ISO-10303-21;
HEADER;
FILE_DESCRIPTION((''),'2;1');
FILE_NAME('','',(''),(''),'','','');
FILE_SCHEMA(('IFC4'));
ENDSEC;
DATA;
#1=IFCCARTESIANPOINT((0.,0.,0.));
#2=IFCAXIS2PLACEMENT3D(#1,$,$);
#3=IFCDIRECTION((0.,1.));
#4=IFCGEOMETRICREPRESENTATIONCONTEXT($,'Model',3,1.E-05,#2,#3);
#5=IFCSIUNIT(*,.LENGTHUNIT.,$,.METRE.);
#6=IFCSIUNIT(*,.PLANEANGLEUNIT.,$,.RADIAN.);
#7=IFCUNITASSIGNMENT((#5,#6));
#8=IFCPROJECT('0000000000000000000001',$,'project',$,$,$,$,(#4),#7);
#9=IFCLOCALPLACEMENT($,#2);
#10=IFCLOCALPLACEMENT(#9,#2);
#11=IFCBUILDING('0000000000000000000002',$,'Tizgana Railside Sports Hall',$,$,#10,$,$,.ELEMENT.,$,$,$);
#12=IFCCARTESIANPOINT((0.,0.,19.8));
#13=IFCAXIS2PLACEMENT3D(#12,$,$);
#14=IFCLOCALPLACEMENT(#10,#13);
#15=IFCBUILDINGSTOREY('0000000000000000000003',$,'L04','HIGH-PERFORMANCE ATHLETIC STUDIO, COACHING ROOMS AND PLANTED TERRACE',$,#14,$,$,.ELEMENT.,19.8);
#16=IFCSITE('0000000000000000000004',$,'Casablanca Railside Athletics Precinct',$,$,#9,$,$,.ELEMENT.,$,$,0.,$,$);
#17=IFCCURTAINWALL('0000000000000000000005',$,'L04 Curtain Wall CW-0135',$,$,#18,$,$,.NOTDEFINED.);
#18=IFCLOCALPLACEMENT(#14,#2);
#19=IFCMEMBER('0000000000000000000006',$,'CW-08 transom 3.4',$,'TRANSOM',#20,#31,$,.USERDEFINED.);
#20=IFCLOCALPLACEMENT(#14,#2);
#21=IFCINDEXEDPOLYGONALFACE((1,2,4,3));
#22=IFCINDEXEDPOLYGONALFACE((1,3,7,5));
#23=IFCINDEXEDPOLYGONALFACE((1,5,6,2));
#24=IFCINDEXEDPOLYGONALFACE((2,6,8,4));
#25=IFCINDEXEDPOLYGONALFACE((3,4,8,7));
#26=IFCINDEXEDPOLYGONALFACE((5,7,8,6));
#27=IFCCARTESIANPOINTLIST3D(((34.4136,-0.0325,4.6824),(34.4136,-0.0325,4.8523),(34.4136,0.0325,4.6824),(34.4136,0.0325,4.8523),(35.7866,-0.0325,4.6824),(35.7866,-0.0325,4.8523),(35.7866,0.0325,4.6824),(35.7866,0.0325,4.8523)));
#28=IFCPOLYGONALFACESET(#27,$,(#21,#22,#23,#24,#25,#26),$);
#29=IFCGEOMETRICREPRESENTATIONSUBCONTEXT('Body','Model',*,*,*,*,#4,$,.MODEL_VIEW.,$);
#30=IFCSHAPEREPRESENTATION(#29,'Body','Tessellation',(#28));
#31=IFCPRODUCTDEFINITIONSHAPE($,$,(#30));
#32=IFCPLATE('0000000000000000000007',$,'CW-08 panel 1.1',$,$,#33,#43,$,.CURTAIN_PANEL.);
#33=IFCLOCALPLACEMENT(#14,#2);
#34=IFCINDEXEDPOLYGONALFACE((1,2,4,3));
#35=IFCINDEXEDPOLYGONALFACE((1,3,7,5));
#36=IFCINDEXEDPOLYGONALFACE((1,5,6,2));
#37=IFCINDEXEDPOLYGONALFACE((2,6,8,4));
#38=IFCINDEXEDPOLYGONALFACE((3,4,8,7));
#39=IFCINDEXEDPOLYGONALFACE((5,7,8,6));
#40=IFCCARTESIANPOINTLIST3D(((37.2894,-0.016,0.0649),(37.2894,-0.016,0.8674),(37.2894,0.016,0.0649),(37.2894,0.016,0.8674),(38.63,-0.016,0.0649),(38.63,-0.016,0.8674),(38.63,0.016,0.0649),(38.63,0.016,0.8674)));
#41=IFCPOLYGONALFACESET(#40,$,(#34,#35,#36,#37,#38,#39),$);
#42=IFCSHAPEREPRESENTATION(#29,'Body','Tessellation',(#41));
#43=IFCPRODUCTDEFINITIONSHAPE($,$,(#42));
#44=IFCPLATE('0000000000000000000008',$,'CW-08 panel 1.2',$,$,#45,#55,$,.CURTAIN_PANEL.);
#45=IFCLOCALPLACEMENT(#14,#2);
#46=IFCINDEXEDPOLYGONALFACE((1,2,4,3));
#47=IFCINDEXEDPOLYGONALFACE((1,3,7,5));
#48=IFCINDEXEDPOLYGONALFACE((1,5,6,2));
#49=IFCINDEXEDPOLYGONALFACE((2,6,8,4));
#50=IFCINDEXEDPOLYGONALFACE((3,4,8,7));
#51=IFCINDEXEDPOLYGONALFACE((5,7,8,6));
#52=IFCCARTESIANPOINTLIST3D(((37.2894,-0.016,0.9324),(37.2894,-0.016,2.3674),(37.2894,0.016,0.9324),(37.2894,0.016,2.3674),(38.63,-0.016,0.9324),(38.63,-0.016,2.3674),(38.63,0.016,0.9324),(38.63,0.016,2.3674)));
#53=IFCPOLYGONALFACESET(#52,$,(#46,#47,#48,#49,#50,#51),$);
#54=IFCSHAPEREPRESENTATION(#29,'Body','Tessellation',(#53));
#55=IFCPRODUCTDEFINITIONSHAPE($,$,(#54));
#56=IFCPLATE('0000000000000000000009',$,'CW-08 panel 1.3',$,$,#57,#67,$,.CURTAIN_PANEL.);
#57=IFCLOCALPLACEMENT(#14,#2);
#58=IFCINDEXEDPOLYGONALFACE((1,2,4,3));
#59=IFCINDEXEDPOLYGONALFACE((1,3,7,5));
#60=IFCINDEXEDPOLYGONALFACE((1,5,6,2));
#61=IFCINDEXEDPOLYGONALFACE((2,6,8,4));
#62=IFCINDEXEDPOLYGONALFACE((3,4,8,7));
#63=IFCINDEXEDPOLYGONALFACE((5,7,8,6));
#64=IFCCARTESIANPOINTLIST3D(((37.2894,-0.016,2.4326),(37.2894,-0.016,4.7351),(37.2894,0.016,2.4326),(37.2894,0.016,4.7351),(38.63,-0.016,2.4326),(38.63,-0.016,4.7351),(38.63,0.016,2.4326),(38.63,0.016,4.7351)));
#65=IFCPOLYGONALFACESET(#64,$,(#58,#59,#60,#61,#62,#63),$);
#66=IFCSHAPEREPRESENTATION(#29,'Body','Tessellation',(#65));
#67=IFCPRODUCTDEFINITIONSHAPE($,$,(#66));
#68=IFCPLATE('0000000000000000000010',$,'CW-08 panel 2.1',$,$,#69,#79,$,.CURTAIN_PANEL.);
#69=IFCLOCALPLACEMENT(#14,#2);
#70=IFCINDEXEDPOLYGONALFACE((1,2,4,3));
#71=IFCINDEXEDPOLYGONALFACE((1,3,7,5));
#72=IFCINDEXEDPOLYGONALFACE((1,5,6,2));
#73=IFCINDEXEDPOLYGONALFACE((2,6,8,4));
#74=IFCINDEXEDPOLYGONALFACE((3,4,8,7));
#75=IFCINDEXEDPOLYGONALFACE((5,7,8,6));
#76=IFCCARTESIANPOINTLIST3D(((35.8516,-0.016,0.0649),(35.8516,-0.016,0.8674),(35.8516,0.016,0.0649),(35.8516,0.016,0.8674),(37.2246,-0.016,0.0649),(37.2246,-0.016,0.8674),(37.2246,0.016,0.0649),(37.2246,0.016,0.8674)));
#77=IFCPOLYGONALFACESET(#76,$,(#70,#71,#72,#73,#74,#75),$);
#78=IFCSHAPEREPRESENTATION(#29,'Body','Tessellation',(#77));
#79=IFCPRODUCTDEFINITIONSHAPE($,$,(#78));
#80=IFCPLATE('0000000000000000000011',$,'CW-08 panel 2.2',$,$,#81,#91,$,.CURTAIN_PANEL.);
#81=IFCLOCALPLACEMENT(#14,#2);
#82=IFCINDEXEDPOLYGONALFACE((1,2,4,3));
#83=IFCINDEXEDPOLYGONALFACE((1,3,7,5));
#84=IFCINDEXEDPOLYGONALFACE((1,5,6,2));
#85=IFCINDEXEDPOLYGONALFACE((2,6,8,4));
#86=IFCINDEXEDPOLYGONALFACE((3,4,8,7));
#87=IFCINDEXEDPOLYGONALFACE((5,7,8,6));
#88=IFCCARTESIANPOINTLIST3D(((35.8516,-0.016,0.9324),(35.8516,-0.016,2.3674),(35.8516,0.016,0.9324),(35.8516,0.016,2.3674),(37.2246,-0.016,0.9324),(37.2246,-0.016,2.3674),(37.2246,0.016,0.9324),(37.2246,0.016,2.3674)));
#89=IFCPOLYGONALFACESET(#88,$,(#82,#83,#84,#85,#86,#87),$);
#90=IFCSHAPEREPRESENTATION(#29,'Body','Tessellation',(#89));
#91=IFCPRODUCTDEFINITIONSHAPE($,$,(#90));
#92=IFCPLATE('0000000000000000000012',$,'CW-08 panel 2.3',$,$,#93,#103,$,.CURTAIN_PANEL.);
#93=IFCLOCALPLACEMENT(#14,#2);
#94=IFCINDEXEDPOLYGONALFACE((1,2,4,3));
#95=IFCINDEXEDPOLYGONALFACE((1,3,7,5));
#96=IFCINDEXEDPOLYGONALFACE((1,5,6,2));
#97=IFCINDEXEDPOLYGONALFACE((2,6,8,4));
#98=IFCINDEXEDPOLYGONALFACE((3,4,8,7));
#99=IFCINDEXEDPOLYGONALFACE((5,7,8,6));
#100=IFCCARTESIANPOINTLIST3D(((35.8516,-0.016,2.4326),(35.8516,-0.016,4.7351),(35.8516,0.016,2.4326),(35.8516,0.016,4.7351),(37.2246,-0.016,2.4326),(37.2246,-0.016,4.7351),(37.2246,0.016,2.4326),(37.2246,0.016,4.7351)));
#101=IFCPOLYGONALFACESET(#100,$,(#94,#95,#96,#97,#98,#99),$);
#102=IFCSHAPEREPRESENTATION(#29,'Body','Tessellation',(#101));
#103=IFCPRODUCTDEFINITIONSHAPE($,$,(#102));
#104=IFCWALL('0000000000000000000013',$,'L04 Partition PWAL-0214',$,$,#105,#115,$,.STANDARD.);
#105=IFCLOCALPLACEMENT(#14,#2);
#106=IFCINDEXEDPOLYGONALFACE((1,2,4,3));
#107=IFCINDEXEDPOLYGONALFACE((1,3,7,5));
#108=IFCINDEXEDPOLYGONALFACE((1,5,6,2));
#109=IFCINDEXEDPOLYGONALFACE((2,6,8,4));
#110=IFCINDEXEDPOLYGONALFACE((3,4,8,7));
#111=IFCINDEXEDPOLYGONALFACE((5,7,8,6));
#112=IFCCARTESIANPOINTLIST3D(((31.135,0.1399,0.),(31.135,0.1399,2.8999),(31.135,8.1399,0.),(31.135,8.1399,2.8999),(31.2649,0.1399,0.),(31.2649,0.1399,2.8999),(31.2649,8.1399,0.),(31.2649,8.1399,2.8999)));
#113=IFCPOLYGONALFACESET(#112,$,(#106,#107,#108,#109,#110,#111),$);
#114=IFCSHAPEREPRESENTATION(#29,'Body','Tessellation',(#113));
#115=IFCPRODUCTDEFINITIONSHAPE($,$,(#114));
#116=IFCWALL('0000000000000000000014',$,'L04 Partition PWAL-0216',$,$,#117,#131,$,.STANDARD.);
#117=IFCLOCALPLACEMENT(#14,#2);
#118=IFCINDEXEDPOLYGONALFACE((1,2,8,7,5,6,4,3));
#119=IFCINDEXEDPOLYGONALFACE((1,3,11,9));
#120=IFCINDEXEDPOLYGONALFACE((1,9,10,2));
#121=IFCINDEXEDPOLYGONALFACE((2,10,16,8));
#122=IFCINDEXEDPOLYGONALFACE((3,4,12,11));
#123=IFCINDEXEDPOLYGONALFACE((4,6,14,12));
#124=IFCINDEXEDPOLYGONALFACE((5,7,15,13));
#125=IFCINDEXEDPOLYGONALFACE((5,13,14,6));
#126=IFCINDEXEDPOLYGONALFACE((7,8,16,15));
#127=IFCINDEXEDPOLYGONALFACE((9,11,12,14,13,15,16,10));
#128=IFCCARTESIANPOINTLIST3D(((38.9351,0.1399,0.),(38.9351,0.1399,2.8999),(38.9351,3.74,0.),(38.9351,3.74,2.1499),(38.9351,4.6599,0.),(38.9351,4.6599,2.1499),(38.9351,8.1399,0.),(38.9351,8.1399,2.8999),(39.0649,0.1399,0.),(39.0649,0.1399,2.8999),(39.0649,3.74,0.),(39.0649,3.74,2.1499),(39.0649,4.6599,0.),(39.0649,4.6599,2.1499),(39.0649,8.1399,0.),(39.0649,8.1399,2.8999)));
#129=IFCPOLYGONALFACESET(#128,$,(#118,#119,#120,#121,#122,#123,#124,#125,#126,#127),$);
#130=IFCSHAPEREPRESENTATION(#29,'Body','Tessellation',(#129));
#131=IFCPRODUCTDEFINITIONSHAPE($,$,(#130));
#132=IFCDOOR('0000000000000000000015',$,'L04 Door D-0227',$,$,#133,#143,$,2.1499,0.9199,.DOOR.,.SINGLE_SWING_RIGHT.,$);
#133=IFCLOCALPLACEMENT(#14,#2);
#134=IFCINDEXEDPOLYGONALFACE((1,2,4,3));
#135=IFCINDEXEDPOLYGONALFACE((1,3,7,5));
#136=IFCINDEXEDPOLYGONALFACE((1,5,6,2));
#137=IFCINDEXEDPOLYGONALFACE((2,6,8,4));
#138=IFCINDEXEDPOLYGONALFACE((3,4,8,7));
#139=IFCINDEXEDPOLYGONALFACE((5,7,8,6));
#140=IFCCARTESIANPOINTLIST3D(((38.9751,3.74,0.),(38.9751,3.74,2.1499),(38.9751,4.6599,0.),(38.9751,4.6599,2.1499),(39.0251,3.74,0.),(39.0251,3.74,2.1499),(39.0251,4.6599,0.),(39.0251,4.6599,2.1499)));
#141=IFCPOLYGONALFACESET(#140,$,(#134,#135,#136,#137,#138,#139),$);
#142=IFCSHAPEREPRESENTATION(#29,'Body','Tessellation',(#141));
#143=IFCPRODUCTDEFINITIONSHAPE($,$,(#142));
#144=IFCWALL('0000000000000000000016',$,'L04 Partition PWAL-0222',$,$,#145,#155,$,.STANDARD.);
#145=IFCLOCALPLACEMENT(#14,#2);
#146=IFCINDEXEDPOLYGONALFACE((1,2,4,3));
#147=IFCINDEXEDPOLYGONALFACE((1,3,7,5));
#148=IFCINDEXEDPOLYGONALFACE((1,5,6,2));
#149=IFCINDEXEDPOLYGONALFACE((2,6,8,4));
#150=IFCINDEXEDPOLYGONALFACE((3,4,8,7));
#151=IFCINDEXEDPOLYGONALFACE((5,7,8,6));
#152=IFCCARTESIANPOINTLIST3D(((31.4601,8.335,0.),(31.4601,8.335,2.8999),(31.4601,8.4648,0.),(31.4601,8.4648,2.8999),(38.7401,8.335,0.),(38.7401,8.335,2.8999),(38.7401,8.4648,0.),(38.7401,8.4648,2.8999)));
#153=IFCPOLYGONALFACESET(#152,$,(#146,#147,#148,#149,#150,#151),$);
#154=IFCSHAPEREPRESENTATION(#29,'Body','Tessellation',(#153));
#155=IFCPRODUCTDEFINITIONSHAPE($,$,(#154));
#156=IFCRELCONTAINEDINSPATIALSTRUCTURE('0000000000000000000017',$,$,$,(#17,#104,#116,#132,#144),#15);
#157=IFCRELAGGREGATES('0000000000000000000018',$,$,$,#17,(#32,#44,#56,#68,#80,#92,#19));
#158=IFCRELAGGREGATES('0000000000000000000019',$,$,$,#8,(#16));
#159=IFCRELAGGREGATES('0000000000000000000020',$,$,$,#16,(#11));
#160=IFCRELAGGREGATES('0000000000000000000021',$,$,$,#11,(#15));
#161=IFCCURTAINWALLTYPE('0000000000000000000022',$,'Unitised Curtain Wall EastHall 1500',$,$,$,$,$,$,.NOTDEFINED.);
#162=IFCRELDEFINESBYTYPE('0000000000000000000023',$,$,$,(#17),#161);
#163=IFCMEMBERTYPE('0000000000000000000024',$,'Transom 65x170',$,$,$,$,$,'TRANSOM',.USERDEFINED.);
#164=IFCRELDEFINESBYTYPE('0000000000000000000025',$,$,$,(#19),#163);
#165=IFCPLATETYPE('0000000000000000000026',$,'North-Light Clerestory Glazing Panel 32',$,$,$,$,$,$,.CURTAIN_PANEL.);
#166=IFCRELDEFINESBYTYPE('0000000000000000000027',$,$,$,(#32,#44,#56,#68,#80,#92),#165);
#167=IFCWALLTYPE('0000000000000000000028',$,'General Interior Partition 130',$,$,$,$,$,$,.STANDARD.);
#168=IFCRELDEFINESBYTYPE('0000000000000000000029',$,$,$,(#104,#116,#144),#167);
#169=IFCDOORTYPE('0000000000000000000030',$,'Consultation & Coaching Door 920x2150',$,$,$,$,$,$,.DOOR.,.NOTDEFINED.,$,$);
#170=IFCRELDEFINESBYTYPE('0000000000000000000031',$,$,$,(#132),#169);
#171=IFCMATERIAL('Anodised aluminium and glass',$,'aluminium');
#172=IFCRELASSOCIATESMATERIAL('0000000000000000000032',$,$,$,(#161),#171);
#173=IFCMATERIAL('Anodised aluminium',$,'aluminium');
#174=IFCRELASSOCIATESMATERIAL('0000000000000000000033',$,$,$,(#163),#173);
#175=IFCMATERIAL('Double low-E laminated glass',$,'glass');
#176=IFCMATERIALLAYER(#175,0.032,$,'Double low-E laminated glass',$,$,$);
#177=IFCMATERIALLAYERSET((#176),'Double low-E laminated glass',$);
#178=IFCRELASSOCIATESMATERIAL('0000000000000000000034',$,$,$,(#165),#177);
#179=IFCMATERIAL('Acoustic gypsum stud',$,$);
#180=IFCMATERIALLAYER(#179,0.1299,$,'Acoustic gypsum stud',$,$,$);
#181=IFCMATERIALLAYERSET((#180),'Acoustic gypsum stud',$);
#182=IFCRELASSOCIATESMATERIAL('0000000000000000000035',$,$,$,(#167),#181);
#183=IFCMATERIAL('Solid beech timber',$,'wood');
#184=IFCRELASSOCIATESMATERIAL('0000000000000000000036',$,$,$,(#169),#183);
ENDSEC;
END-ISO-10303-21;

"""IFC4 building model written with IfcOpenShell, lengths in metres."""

from ifc_helpers import new_model, si_unit, direction, frame, frame_2d, origin, origin_2d, place, context, subcontext, project, spatial, rectangle, extrude, material, layer, layer_set, material_profile, profile_set, type_object, element, fill, aggregate, save


model = new_model("IFC4")

# Units and contexts
model_context = context("Model", 3, precision=1e-05, world=origin(), true_north=direction((0.0, 1.0)))
body_context = subcontext(model_context, "Body", "Model", "MODEL_VIEW")
ifc_project = project(units=[si_unit("LENGTHUNIT", "METRE"), si_unit("PLANEANGLEUNIT", "RADIAN")], contexts=[model_context])

# Site, building, storey
site_placement = place(None, origin())
site = spatial("IfcSite", under=ifc_project, at=site_placement, Name="Casablanca Railside Athletics Precinct", CompositionType="ELEMENT", RefElevation=0.0)
building_placement = place(site_placement, origin())
building = spatial("IfcBuilding", under=site, at=building_placement, Name="Tizgana Railside Sports Hall", CompositionType="ELEMENT")
storey_placement = place(building_placement, frame((0.0, 0.0, 19.8)))
storey = spatial("IfcBuildingStorey", under=building, at=storey_placement, Name="L04", Description="HIGH-PERFORMANCE ATHLETIC STUDIO, COACHING ROOMS AND PLANTED TERRACE", CompositionType="ELEMENT", Elevation=19.8)

# Curtain wall
ifc_material_1 = material(Name="Anodised aluminium and glass", Category="aluminium")
curtain_wall_type = type_object("IfcCurtainWallType", Name="Unitised Curtain Wall EastHall 1500", PredefinedType="NOTDEFINED", material=ifc_material_1)
curtain_wall_placement = place(storey_placement, origin())
curtain_wall = element("IfcCurtainWall", 1, at=curtain_wall_placement, inside=storey, type_object=curtain_wall_type, Name="L04 Curtain Wall CW-0135", PredefinedType="NOTDEFINED")
ifc_material_2 = material(Name="Anodised aluminium", Category="aluminium")

# Member
ifc_material_profile_1 = material_profile(ifc_material_2, rectangle(XDim=0.0649, YDim=0.1699, at=origin_2d()), Name="Transom 65x170")
ifc_profile_set_1 = profile_set([ifc_material_profile_1], Name="Anodised aluminium")
member_type_1 = type_object("IfcMemberType", Name="Transom 65x170", ElementType="TRANSOM", PredefinedType="USERDEFINED", material=ifc_profile_set_1)
member_1_placement = place(storey_placement, frame((35.7866, 0.0, 4.7673), z_axis=(-1.0, 0.0, 0.0), x_axis=(0.0, -1.0, 0.0)))
member_1 = element("IfcMember", 2, at=member_1_placement, type_object=member_type_1, Name="CW-08 transom 3.4", ObjectType="TRANSOM", PredefinedType="USERDEFINED", context=body_context, shape_type="SweptSolid", body=[
    extrude(rectangle(XDim=0.0649, YDim=0.1699, at=origin_2d()), origin(), (0.0, 0.0, 1.0), 1.373),
])

# Plates
ifc_material_3 = material(Name="Double low-E laminated glass", Category="glass")
ifc_layer_1 = layer(ifc_material_3, 0.032, Name="Double low-E laminated glass")
ifc_layer_set_1 = layer_set([ifc_layer_1], Name="Double low-E laminated glass")
plate_type = type_object("IfcPlateType", Name="North-Light Clerestory Glazing Panel 32", PredefinedType="CURTAIN_PANEL", material=ifc_layer_set_1)
plate_1_placement = place(storey_placement, frame((37.9597, 0.0, 0.0649), z_axis=(0.0, 0.0, 1.0), x_axis=(-1.0, 0.0, 0.0)))
plate_1 = element("IfcPlate", 3, at=plate_1_placement, type_object=plate_type, Name="CW-08 panel 1.1", PredefinedType="CURTAIN_PANEL", context=body_context, shape_type="SweptSolid", body=[
    extrude(rectangle(XDim=1.3406, YDim=0.032, at=origin_2d()), origin(), (0.0, 0.0, 1.0), 0.8025),
])
plate_2_placement = place(storey_placement, frame((37.9597, 0.0, 0.9324), z_axis=(0.0, 0.0, 1.0), x_axis=(-1.0, 0.0, 0.0)))
plate_2 = element("IfcPlate", 4, at=plate_2_placement, type_object=plate_type, Name="CW-08 panel 1.2", PredefinedType="CURTAIN_PANEL", context=body_context, shape_type="SweptSolid", body=[
    extrude(rectangle(XDim=1.3406, YDim=0.032, at=origin_2d()), origin(), (0.0, 0.0, 1.0), 1.4351),
])
plate_3_placement = place(storey_placement, frame((37.9597, 0.0, 2.4326), z_axis=(0.0, 0.0, 1.0), x_axis=(-1.0, 0.0, 0.0)))
plate_3 = element("IfcPlate", 5, at=plate_3_placement, type_object=plate_type, Name="CW-08 panel 1.3", PredefinedType="CURTAIN_PANEL", context=body_context, shape_type="SweptSolid", body=[
    extrude(rectangle(XDim=1.3406, YDim=0.032, at=origin_2d()), origin(), (0.0, 0.0, 1.0), 2.3025),
])
plate_4_placement = place(storey_placement, frame((36.5381, 0.0, 0.0649), z_axis=(0.0, 0.0, 1.0), x_axis=(-1.0, 0.0, 0.0)))
plate_4 = element("IfcPlate", 6, at=plate_4_placement, type_object=plate_type, Name="CW-08 panel 2.1", PredefinedType="CURTAIN_PANEL", context=body_context, shape_type="SweptSolid", body=[
    extrude(rectangle(XDim=1.373, YDim=0.032, at=origin_2d()), origin(), (0.0, 0.0, 1.0), 0.8025),
])
plate_5_placement = place(storey_placement, frame((36.5381, 0.0, 0.9324), z_axis=(0.0, 0.0, 1.0), x_axis=(-1.0, 0.0, 0.0)))
plate_5 = element("IfcPlate", 7, at=plate_5_placement, type_object=plate_type, Name="CW-08 panel 2.2", PredefinedType="CURTAIN_PANEL", context=body_context, shape_type="SweptSolid", body=[
    extrude(rectangle(XDim=1.373, YDim=0.032, at=origin_2d()), origin(), (0.0, 0.0, 1.0), 1.4351),
])
plate_6_placement = place(storey_placement, frame((36.5381, 0.0, 2.4326), z_axis=(0.0, 0.0, 1.0), x_axis=(-1.0, 0.0, 0.0)))
plate_6 = element("IfcPlate", 8, at=plate_6_placement, type_object=plate_type, Name="CW-08 panel 2.3", PredefinedType="CURTAIN_PANEL", context=body_context, shape_type="SweptSolid", body=[
    extrude(rectangle(XDim=1.373, YDim=0.032, at=origin_2d()), origin(), (0.0, 0.0, 1.0), 2.3025),
])
aggregate(curtain_wall, [plate_1, plate_2, plate_3, plate_4, plate_5, plate_6, member_1])

# Wall
ifc_material_4 = material(Name="Acoustic gypsum stud")
ifc_layer_2 = layer(ifc_material_4, 0.1299, Name="Acoustic gypsum stud")
ifc_layer_set_2 = layer_set([ifc_layer_2], Name="Acoustic gypsum stud")
wall_type = type_object("IfcWallType", Name="General Interior Partition 130", PredefinedType="STANDARD", material=ifc_layer_set_2)
wall_1_placement = place(storey_placement, frame((31.2, 0.1399, 0.0), z_axis=(0.0, 0.0, 1.0), x_axis=(0.0, 1.0, 0.0)))
element("IfcWall", 9, at=wall_1_placement, inside=storey, type_object=wall_type, Name="L04 Partition PWAL-0214", PredefinedType="STANDARD", context=body_context, shape_type="SweptSolid", body=[
    extrude(rectangle(XDim=8.0, YDim=0.1299, at=frame_2d((4.0, 0.0))), origin(), (0.0, 0.0, 1.0), 2.8999),
])

# Wall, opening, door
wall_2_placement = place(storey_placement, frame((39.0, 0.1399, 0.0), z_axis=(0.0, 0.0, 1.0), x_axis=(0.0, 1.0, 0.0)))
wall_2 = element("IfcWall", 10, at=wall_2_placement, inside=storey, type_object=wall_type, Name="L04 Partition PWAL-0216", PredefinedType="STANDARD", context=body_context, shape_type="SweptSolid", body=[
    extrude(rectangle(XDim=8.0, YDim=0.1299, at=frame_2d((4.0, 0.0))), origin(), (0.0, 0.0, 1.0), 2.8999),
])
opening_placement = place(wall_2_placement, frame((3.6001, 0.0, 0.0)))
opening = element("IfcOpeningElement", 11, at=opening_placement, cuts=wall_2, PredefinedType="OPENING", context=body_context, shape_type="SweptSolid", body=[
    extrude(rectangle(XDim=0.9199, YDim=2.1499, at=frame_2d((0.46, 1.075))), frame((0.0, 0.075, 0.0), z_axis=(0.0, -1.0, 0.0), x_axis=(1.0, 0.0, 0.0)), (0.0, 0.0, 1.0), 0.1499),
])
ifc_material_5 = material(Name="Solid beech timber", Category="wood")
door_type = type_object("IfcDoorType", Name="Consultation & Coaching Door 920x2150", OperationType="NOTDEFINED", PredefinedType="DOOR", material=ifc_material_5)
door_placement = place(opening_placement, origin())
door = element("IfcDoor", 12, at=door_placement, inside=storey, type_object=door_type, Name="L04 Door D-0227", OperationType="SINGLE_SWING_RIGHT", OverallHeight=2.1499, OverallWidth=0.9199, PredefinedType="DOOR", context=body_context, shape_type="SweptSolid", body=[
    extrude(rectangle(XDim=0.9199, YDim=2.1499, at=frame_2d((0.46, 1.075))), frame((0.0, 0.0249, 0.0), z_axis=(0.0, -1.0, 0.0), x_axis=(1.0, 0.0, 0.0)), (0.0, 0.0, 1.0), 0.05),
])
fill(opening, door)

# Wall
wall_3_placement = place(storey_placement, frame((31.46, 8.3999, 0.0), z_axis=(0.0, 0.0, 1.0), x_axis=(1.0, 0.0, 0.0)))
element("IfcWall", 13, at=wall_3_placement, inside=storey, type_object=wall_type, Name="L04 Partition PWAL-0222", PredefinedType="STANDARD", context=body_context, shape_type="SweptSolid", body=[
    extrude(rectangle(XDim=7.28, YDim=0.1299, at=frame_2d((3.6401, 0.0))), origin(), (0.0, 0.0, 1.0), 2.8999),
])

save(model, "model.ifc")
